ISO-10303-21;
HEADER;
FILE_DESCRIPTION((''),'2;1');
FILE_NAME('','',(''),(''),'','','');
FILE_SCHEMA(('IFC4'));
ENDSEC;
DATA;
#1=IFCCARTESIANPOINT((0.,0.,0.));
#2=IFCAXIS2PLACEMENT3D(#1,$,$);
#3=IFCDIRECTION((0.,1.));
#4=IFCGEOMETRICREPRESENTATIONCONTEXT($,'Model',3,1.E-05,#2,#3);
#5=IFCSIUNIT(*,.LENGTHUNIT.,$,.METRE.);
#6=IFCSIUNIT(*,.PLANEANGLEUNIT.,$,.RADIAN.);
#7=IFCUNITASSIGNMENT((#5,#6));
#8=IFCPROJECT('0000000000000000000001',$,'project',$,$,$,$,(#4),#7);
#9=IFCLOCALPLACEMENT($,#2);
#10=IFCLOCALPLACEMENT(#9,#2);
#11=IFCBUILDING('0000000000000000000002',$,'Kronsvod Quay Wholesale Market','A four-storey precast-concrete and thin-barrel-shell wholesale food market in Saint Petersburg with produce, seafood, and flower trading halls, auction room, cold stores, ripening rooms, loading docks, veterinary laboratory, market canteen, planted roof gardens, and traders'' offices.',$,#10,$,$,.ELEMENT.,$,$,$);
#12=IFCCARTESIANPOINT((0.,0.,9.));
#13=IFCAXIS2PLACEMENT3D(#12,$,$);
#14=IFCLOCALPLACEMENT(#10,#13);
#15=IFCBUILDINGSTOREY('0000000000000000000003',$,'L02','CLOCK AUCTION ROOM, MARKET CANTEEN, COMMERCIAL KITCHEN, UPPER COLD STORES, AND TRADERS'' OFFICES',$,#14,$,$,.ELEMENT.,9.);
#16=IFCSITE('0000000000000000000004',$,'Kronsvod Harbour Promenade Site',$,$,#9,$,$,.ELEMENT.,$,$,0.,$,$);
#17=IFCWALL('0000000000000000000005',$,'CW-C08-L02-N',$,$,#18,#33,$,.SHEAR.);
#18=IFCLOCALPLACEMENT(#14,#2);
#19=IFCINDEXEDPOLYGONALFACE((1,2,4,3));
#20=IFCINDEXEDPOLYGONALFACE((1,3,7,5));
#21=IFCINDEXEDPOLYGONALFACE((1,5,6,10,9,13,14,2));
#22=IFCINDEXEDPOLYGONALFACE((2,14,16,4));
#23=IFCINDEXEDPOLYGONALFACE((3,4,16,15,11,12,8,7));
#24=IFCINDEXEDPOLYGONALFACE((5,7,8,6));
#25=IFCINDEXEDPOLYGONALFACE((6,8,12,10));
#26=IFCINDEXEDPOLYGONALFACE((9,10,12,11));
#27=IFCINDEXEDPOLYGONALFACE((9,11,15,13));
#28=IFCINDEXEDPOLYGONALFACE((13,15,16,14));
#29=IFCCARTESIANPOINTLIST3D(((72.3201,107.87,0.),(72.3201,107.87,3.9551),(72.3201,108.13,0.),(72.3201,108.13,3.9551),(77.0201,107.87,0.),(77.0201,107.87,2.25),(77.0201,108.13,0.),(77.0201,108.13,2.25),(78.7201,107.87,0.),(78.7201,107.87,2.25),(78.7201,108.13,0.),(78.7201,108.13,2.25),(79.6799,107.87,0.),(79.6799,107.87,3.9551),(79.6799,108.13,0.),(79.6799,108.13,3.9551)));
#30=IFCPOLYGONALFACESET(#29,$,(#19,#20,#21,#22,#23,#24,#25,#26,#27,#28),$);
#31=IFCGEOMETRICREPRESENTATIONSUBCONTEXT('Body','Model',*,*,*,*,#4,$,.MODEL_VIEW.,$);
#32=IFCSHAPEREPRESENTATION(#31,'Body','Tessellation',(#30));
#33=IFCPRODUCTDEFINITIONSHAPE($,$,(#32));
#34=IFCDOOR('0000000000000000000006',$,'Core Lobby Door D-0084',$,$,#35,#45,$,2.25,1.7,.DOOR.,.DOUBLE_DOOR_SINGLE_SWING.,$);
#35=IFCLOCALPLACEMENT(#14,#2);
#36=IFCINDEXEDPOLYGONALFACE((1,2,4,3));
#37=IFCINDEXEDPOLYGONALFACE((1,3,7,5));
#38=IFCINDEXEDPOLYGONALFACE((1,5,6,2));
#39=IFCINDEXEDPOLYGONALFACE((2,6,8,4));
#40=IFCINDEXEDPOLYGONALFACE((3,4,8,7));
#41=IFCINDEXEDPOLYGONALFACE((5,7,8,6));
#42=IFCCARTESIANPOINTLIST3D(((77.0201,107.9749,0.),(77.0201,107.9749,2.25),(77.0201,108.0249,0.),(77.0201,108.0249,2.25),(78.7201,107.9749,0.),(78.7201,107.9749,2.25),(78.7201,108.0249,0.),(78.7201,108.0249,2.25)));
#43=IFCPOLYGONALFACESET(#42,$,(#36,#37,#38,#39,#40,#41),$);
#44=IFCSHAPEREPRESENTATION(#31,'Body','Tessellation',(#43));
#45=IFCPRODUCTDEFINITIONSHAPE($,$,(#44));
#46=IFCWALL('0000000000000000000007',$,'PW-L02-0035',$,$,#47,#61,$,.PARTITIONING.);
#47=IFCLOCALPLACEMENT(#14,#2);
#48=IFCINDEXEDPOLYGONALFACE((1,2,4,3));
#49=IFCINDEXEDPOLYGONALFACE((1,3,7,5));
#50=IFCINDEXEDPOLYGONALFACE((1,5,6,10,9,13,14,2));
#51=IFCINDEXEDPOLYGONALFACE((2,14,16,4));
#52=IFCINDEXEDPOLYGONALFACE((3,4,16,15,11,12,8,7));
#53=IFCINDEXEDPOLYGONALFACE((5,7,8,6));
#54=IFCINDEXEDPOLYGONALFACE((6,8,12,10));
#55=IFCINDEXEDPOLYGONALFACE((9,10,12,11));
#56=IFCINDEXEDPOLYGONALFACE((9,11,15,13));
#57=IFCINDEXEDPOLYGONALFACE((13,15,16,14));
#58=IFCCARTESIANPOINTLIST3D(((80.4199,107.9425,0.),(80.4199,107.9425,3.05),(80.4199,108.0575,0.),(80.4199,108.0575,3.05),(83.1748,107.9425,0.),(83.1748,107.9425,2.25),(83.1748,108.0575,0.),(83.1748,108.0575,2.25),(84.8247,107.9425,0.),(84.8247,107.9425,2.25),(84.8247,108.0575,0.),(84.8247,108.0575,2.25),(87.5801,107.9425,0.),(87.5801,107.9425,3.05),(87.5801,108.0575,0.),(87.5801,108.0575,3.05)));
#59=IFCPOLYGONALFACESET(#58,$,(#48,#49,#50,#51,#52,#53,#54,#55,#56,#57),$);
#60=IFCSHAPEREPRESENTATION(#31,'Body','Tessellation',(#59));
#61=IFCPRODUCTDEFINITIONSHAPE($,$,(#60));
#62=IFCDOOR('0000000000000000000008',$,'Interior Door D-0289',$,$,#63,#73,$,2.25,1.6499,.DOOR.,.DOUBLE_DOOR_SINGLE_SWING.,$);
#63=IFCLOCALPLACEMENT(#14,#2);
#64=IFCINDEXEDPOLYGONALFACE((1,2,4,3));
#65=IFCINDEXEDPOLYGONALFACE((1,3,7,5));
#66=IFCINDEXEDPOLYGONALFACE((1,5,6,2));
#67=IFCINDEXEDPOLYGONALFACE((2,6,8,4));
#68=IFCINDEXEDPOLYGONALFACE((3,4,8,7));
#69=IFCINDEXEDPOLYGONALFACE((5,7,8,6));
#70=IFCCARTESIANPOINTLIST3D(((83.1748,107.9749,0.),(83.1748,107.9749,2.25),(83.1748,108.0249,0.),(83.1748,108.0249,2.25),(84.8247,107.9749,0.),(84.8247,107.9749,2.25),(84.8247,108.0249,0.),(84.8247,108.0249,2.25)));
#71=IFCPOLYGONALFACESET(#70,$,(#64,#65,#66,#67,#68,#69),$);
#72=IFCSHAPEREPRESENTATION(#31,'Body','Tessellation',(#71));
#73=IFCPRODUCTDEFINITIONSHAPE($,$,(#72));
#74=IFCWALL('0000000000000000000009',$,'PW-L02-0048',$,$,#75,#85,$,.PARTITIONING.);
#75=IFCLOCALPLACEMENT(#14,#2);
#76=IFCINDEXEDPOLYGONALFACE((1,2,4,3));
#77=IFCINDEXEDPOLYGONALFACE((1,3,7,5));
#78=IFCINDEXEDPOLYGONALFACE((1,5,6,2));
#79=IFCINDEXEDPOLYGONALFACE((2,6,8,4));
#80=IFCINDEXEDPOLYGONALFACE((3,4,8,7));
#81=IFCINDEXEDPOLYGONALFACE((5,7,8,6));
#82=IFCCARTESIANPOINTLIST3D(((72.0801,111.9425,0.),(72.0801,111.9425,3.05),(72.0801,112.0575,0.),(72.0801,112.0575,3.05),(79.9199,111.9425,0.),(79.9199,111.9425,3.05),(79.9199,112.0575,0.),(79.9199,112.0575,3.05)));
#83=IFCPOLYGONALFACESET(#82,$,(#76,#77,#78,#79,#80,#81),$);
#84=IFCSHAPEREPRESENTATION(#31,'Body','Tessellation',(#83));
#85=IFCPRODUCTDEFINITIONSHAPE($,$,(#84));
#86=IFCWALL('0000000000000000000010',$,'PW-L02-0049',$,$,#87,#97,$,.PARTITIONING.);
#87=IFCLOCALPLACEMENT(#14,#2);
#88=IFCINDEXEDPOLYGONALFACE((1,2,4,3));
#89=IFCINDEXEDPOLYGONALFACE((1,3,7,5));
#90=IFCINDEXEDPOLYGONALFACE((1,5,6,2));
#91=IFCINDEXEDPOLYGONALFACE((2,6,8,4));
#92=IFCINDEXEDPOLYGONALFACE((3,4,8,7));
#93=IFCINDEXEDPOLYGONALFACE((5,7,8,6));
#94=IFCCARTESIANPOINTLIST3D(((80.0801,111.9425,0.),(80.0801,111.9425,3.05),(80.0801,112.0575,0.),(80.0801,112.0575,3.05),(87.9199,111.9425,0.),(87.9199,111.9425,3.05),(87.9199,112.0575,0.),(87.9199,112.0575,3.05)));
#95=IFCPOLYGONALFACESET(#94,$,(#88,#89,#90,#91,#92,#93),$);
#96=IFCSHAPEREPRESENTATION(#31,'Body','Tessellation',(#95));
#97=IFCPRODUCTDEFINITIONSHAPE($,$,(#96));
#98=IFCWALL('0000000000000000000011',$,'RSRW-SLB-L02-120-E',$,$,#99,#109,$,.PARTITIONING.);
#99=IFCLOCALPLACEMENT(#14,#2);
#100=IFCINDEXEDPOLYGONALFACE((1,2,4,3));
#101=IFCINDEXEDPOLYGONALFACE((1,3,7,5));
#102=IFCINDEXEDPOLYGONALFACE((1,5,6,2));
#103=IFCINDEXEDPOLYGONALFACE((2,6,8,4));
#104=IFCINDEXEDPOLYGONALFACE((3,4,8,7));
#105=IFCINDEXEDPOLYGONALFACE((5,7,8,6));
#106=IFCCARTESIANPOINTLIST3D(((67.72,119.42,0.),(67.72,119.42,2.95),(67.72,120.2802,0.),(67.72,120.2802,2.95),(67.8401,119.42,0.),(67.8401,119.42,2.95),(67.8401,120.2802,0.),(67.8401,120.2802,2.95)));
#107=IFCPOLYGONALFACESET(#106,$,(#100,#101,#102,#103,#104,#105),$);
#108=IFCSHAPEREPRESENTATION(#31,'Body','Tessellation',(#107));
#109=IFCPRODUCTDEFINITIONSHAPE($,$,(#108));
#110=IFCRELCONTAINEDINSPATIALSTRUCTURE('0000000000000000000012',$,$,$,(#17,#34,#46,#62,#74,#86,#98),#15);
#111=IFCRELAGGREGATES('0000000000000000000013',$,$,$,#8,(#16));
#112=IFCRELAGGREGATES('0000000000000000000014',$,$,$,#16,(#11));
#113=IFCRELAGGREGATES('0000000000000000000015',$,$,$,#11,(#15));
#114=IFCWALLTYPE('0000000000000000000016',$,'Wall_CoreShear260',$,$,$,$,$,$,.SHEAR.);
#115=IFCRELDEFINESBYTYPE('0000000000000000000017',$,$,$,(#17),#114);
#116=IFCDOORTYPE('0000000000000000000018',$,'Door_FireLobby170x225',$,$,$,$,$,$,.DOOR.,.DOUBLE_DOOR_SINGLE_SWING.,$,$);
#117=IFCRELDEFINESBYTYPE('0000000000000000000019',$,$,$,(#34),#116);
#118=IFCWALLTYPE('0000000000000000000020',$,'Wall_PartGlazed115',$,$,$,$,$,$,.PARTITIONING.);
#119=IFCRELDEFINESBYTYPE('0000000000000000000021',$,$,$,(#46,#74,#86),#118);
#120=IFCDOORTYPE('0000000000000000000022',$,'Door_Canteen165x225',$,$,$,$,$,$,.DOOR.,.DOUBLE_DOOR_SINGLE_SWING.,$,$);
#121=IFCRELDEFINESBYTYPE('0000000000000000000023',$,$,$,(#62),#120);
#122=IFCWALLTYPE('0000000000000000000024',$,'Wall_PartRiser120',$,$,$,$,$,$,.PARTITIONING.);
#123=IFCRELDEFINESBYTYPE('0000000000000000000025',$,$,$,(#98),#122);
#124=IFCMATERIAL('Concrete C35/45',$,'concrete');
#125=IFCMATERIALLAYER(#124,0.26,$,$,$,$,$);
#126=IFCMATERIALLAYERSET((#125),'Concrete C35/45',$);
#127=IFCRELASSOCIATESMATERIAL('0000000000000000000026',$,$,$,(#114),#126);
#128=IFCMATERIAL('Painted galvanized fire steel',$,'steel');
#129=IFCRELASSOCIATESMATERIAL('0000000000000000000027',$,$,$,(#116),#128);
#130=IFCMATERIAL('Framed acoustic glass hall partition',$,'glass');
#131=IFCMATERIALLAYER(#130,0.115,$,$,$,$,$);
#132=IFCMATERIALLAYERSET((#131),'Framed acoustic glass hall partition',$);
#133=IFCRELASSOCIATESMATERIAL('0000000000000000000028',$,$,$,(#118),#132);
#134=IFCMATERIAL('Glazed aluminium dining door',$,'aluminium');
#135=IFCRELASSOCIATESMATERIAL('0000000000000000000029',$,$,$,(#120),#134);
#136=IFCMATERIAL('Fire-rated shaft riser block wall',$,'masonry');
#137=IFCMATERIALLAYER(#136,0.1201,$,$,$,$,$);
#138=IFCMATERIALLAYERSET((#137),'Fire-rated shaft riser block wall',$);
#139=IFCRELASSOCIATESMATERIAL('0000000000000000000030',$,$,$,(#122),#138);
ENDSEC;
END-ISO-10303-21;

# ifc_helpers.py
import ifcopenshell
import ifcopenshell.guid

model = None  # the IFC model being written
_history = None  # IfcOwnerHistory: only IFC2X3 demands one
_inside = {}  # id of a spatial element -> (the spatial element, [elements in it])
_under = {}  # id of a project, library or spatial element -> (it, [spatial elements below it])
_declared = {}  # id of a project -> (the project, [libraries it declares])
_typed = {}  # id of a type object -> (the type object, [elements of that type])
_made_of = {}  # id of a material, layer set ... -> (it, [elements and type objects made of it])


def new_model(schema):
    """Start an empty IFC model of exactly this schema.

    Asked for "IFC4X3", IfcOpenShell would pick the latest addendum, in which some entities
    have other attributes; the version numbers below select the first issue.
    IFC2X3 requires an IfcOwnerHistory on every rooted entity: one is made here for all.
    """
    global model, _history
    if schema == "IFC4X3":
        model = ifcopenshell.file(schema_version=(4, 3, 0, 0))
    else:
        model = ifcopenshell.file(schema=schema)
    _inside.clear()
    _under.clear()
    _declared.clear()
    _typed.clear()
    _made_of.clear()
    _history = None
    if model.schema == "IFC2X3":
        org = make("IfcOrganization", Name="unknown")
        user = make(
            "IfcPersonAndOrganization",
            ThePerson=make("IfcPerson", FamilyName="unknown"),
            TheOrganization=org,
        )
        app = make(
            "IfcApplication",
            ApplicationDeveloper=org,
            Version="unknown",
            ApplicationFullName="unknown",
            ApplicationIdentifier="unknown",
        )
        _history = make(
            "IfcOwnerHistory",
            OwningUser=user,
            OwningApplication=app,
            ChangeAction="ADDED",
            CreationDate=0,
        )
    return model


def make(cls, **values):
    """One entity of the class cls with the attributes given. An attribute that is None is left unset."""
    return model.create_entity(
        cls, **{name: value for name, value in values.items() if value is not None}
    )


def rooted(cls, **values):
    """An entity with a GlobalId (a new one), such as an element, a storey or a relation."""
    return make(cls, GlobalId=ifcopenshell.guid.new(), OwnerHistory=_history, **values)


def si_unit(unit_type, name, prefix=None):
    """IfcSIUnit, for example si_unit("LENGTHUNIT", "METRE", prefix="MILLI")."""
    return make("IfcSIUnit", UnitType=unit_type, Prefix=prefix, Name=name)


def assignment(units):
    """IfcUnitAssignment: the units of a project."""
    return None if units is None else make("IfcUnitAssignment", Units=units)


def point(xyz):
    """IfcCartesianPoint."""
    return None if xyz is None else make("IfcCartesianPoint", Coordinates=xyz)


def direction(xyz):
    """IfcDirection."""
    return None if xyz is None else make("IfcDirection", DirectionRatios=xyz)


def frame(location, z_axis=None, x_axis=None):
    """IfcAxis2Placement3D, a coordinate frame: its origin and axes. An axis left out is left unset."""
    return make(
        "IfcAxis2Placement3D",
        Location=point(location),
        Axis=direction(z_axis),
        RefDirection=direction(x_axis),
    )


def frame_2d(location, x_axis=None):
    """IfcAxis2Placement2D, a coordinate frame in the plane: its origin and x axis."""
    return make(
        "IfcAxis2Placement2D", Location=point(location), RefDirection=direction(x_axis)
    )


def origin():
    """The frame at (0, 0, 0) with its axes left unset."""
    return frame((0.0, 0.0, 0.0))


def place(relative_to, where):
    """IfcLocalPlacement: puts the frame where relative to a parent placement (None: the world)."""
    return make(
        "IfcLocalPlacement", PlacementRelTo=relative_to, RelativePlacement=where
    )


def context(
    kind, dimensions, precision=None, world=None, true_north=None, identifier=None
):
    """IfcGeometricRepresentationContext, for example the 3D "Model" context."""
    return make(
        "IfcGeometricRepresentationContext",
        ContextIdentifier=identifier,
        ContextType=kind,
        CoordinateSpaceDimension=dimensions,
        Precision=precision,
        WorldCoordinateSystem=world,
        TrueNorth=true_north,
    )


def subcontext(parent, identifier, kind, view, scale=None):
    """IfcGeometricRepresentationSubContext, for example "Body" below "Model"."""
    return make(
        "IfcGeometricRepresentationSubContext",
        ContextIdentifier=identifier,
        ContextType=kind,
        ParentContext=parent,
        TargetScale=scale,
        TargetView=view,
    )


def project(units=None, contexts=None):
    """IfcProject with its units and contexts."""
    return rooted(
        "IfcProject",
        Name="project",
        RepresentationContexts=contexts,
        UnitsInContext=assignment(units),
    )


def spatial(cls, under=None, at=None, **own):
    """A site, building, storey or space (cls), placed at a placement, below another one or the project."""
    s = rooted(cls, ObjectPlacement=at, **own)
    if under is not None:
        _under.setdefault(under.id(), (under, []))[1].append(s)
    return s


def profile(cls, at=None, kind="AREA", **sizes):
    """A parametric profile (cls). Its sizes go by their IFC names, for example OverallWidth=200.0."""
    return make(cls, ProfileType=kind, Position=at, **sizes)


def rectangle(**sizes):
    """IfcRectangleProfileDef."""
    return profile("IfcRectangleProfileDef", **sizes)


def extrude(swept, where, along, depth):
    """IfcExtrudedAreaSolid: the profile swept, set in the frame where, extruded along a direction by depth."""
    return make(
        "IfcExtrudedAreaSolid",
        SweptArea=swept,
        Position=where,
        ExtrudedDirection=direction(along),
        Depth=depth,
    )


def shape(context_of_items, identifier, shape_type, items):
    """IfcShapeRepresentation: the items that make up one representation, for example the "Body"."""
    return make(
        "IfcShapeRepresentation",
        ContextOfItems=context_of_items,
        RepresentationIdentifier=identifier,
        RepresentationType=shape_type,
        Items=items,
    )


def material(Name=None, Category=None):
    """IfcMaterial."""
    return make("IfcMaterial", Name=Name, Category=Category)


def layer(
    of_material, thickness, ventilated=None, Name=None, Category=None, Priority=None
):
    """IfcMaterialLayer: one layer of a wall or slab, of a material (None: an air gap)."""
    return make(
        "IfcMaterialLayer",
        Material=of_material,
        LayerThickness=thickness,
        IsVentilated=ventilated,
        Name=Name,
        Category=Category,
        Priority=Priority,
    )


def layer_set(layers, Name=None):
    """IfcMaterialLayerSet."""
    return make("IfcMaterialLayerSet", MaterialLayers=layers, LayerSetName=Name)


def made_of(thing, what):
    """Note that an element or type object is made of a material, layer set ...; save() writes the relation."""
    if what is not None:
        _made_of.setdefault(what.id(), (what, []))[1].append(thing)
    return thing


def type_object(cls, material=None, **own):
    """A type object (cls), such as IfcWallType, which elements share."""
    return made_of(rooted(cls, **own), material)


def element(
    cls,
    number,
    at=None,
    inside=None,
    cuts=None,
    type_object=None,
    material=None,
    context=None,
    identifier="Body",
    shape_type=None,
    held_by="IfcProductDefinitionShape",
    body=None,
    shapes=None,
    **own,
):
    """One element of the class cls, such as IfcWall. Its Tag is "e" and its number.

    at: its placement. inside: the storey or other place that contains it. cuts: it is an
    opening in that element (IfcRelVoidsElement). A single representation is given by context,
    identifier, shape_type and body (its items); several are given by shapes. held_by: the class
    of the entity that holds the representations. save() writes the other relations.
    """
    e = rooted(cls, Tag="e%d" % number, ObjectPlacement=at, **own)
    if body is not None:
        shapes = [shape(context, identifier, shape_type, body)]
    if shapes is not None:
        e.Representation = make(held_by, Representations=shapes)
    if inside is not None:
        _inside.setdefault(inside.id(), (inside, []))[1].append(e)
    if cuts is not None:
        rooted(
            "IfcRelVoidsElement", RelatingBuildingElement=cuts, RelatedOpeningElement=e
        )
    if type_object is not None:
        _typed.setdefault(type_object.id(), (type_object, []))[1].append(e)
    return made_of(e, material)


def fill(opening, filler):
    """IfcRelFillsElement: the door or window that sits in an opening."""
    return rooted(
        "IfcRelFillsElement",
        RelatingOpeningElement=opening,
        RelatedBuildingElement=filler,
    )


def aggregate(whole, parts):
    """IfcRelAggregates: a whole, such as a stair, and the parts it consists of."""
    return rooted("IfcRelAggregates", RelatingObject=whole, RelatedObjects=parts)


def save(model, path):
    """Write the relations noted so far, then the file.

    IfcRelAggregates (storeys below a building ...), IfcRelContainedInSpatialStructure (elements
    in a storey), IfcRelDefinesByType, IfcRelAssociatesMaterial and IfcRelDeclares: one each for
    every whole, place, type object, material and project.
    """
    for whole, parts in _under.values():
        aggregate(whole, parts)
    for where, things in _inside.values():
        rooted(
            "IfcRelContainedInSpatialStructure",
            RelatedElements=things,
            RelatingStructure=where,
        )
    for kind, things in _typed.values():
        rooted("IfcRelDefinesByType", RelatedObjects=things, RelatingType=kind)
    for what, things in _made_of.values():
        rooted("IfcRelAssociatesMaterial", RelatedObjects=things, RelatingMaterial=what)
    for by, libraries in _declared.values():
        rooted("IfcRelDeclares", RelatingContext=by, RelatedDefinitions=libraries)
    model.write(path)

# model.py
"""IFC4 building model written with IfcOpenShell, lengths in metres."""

from ifc_helpers import new_model, si_unit, direction, frame, frame_2d, origin, place, context, subcontext, project, spatial, rectangle, extrude, material, layer, layer_set, type_object, element, fill, save


model = new_model("IFC4")

# Units and contexts
model_context = context("Model", 3, precision=1e-05, world=origin(), true_north=direction((0.0, 1.0)))
body_context = subcontext(model_context, "Body", "Model", "MODEL_VIEW")
ifc_project = project(units=[si_unit("LENGTHUNIT", "METRE"), si_unit("PLANEANGLEUNIT", "RADIAN")], contexts=[model_context])

# Site, building, storey
site_placement = place(None, origin())
site = spatial("IfcSite", under=ifc_project, at=site_placement, Name="Kronsvod Harbour Promenade Site", CompositionType="ELEMENT", RefElevation=0.0)
building_placement = place(site_placement, origin())
building = spatial("IfcBuilding", under=site, at=building_placement, Name="Kronsvod Quay Wholesale Market", Description="A four-storey precast-concrete and thin-barrel-shell wholesale food market in Saint Petersburg with produce, seafood, and flower trading halls, auction room, cold stores, ripening rooms, loading docks, veterinary laboratory, market canteen, planted roof gardens, and traders' offices.", CompositionType="ELEMENT")
storey_placement = place(building_placement, frame((0.0, 0.0, 9.0)))
storey = spatial("IfcBuildingStorey", under=building, at=storey_placement, Name="L02", Description="CLOCK AUCTION ROOM, MARKET CANTEEN, COMMERCIAL KITCHEN, UPPER COLD STORES, AND TRADERS' OFFICES", CompositionType="ELEMENT", Elevation=9.0)

# Walls, openings, doors
ifc_material_1 = material(Name="Concrete C35/45", Category="concrete")
ifc_layer_1 = layer(ifc_material_1, 0.26)
ifc_layer_set_1 = layer_set([ifc_layer_1], Name="Concrete C35/45")
wall_type_1 = type_object("IfcWallType", Name="Wall_CoreShear260", PredefinedType="SHEAR", material=ifc_layer_set_1)
wall_1_placement = place(storey_placement, frame((72.3201, 108.0, 0.0), z_axis=(0.0, 0.0, 1.0), x_axis=(1.0, 0.0, 0.0)))
wall_1 = element("IfcWall", 1, at=wall_1_placement, inside=storey, type_object=wall_type_1, Name="CW-C08-L02-N", PredefinedType="SHEAR", context=body_context, shape_type="SweptSolid", body=[
    extrude(rectangle(XDim=7.3599, YDim=0.26, at=frame_2d((3.6799, 0.0))), origin(), (0.0, 0.0, 1.0), 3.9551),
])
opening_1_placement = place(wall_1_placement, frame((4.7, 0.0, 0.0)))
opening_1 = element("IfcOpeningElement", 2, at=opening_1_placement, cuts=wall_1, PredefinedType="OPENING", context=body_context, shape_type="SweptSolid", body=[
    extrude(rectangle(XDim=1.7, YDim=2.25, at=frame_2d((0.8501, 1.125))), frame((0.0, 0.1401, 0.0), z_axis=(0.0, -1.0, 0.0), x_axis=(1.0, 0.0, 0.0)), (0.0, 0.0, 1.0), 0.28),
])
ifc_material_2 = material(Name="Painted galvanized fire steel", Category="steel")
door_type_1 = type_object("IfcDoorType", Name="Door_FireLobby170x225", OperationType="DOUBLE_DOOR_SINGLE_SWING", PredefinedType="DOOR", material=ifc_material_2)
door_1_placement = place(opening_1_placement, origin())
door_1 = element("IfcDoor", 3, at=door_1_placement, inside=storey, type_object=door_type_1, Name="Core Lobby Door D-0084", OperationType="DOUBLE_DOOR_SINGLE_SWING", OverallHeight=2.25, OverallWidth=1.7, PredefinedType="DOOR", context=body_context, shape_type="SweptSolid", body=[
    extrude(rectangle(XDim=1.7, YDim=2.25, at=frame_2d((0.8501, 1.125))), frame((0.0, 0.0249, 0.0), z_axis=(0.0, -1.0, 0.0), x_axis=(1.0, 0.0, 0.0)), (0.0, 0.0, 1.0), 0.05),
])
fill(opening_1, door_1)
ifc_material_3 = material(Name="Framed acoustic glass hall partition", Category="glass")
ifc_layer_2 = layer(ifc_material_3, 0.115)
ifc_layer_set_2 = layer_set([ifc_layer_2], Name="Framed acoustic glass hall partition")
wall_type_2 = type_object("IfcWallType", Name="Wall_PartGlazed115", PredefinedType="PARTITIONING", material=ifc_layer_set_2)
wall_2_placement = place(storey_placement, frame((80.4199, 108.0, 0.0), z_axis=(0.0, 0.0, 1.0), x_axis=(1.0, 0.0, 0.0)))
wall_2 = element("IfcWall", 4, at=wall_2_placement, inside=storey, type_object=wall_type_2, Name="PW-L02-0035", PredefinedType="PARTITIONING", context=body_context, shape_type="SweptSolid", body=[
    extrude(rectangle(XDim=7.1602, YDim=0.115, at=frame_2d((3.5801, 0.0))), origin(), (0.0, 0.0, 1.0), 3.05),
])
opening_2_placement = place(wall_2_placement, frame((2.7549, 0.0, 0.0)))
opening_2 = element("IfcOpeningElement", 5, at=opening_2_placement, cuts=wall_2, PredefinedType="OPENING", context=body_context, shape_type="SweptSolid", body=[
    extrude(rectangle(XDim=1.6499, YDim=2.25, at=frame_2d((0.825, 1.125))), frame((0.0, 0.0674, 0.0), z_axis=(0.0, -1.0, 0.0), x_axis=(1.0, 0.0, 0.0)), (0.0, 0.0, 1.0), 0.135),
])
ifc_material_4 = material(Name="Glazed aluminium dining door", Category="aluminium")
door_type_2 = type_object("IfcDoorType", Name="Door_Canteen165x225", OperationType="DOUBLE_DOOR_SINGLE_SWING", PredefinedType="DOOR", material=ifc_material_4)
door_2_placement = place(opening_2_placement, origin())
door_2 = element("IfcDoor", 6, at=door_2_placement, inside=storey, type_object=door_type_2, Name="Interior Door D-0289", OperationType="DOUBLE_DOOR_SINGLE_SWING", OverallHeight=2.25, OverallWidth=1.6499, PredefinedType="DOOR", context=body_context, shape_type="SweptSolid", body=[
    extrude(rectangle(XDim=1.6499, YDim=2.25, at=frame_2d((0.825, 1.125))), frame((0.0, 0.0249, 0.0), z_axis=(0.0, -1.0, 0.0), x_axis=(1.0, 0.0, 0.0)), (0.0, 0.0, 1.0), 0.05),
])
fill(opening_2, door_2)

# Walls
for number, where, z_axis, x_axis, name in (
    (7, (72.0801, 112.0, 0.0), (0.0, 0.0, 1.0), (1.0, 0.0, 0.0), "PW-L02-0048"),
    (8, (80.0801, 112.0, 0.0), (0.0, 0.0, 1.0), (1.0, 0.0, 0.0), "PW-L02-0049"),
):
    element("IfcWall", number, at=place(storey_placement, frame(where, z_axis=z_axis, x_axis=x_axis)), inside=storey, type_object=wall_type_2, Name=name, PredefinedType="PARTITIONING", context=body_context, shape_type="SweptSolid", body=[
        extrude(rectangle(XDim=7.8398, YDim=0.115, at=frame_2d((3.9199, 0.0))), origin(), (0.0, 0.0, 1.0), 3.05),
    ])
ifc_material_5 = material(Name="Fire-rated shaft riser block wall", Category="masonry")
ifc_layer_3 = layer(ifc_material_5, 0.1201)
ifc_layer_set_3 = layer_set([ifc_layer_3], Name="Fire-rated shaft riser block wall")
wall_type_3 = type_object("IfcWallType", Name="Wall_PartRiser120", PredefinedType="PARTITIONING", material=ifc_layer_set_3)
wall_3_placement = place(storey_placement, frame((67.78, 119.4199, 0.0), z_axis=(0.0, 0.0, 1.0), x_axis=(0.0, 1.0, 0.0)))
element("IfcWall", 9, at=wall_3_placement, inside=storey, type_object=wall_type_3, Name="RSRW-SLB-L02-120-E", PredefinedType="PARTITIONING", context=body_context, shape_type="SweptSolid", body=[
    extrude(rectangle(XDim=0.8601, YDim=0.1201, at=frame_2d((0.4302, 0.0))), origin(), (0.0, 0.0, 1.0), 2.95),
])

save(model, "model.ifc")
